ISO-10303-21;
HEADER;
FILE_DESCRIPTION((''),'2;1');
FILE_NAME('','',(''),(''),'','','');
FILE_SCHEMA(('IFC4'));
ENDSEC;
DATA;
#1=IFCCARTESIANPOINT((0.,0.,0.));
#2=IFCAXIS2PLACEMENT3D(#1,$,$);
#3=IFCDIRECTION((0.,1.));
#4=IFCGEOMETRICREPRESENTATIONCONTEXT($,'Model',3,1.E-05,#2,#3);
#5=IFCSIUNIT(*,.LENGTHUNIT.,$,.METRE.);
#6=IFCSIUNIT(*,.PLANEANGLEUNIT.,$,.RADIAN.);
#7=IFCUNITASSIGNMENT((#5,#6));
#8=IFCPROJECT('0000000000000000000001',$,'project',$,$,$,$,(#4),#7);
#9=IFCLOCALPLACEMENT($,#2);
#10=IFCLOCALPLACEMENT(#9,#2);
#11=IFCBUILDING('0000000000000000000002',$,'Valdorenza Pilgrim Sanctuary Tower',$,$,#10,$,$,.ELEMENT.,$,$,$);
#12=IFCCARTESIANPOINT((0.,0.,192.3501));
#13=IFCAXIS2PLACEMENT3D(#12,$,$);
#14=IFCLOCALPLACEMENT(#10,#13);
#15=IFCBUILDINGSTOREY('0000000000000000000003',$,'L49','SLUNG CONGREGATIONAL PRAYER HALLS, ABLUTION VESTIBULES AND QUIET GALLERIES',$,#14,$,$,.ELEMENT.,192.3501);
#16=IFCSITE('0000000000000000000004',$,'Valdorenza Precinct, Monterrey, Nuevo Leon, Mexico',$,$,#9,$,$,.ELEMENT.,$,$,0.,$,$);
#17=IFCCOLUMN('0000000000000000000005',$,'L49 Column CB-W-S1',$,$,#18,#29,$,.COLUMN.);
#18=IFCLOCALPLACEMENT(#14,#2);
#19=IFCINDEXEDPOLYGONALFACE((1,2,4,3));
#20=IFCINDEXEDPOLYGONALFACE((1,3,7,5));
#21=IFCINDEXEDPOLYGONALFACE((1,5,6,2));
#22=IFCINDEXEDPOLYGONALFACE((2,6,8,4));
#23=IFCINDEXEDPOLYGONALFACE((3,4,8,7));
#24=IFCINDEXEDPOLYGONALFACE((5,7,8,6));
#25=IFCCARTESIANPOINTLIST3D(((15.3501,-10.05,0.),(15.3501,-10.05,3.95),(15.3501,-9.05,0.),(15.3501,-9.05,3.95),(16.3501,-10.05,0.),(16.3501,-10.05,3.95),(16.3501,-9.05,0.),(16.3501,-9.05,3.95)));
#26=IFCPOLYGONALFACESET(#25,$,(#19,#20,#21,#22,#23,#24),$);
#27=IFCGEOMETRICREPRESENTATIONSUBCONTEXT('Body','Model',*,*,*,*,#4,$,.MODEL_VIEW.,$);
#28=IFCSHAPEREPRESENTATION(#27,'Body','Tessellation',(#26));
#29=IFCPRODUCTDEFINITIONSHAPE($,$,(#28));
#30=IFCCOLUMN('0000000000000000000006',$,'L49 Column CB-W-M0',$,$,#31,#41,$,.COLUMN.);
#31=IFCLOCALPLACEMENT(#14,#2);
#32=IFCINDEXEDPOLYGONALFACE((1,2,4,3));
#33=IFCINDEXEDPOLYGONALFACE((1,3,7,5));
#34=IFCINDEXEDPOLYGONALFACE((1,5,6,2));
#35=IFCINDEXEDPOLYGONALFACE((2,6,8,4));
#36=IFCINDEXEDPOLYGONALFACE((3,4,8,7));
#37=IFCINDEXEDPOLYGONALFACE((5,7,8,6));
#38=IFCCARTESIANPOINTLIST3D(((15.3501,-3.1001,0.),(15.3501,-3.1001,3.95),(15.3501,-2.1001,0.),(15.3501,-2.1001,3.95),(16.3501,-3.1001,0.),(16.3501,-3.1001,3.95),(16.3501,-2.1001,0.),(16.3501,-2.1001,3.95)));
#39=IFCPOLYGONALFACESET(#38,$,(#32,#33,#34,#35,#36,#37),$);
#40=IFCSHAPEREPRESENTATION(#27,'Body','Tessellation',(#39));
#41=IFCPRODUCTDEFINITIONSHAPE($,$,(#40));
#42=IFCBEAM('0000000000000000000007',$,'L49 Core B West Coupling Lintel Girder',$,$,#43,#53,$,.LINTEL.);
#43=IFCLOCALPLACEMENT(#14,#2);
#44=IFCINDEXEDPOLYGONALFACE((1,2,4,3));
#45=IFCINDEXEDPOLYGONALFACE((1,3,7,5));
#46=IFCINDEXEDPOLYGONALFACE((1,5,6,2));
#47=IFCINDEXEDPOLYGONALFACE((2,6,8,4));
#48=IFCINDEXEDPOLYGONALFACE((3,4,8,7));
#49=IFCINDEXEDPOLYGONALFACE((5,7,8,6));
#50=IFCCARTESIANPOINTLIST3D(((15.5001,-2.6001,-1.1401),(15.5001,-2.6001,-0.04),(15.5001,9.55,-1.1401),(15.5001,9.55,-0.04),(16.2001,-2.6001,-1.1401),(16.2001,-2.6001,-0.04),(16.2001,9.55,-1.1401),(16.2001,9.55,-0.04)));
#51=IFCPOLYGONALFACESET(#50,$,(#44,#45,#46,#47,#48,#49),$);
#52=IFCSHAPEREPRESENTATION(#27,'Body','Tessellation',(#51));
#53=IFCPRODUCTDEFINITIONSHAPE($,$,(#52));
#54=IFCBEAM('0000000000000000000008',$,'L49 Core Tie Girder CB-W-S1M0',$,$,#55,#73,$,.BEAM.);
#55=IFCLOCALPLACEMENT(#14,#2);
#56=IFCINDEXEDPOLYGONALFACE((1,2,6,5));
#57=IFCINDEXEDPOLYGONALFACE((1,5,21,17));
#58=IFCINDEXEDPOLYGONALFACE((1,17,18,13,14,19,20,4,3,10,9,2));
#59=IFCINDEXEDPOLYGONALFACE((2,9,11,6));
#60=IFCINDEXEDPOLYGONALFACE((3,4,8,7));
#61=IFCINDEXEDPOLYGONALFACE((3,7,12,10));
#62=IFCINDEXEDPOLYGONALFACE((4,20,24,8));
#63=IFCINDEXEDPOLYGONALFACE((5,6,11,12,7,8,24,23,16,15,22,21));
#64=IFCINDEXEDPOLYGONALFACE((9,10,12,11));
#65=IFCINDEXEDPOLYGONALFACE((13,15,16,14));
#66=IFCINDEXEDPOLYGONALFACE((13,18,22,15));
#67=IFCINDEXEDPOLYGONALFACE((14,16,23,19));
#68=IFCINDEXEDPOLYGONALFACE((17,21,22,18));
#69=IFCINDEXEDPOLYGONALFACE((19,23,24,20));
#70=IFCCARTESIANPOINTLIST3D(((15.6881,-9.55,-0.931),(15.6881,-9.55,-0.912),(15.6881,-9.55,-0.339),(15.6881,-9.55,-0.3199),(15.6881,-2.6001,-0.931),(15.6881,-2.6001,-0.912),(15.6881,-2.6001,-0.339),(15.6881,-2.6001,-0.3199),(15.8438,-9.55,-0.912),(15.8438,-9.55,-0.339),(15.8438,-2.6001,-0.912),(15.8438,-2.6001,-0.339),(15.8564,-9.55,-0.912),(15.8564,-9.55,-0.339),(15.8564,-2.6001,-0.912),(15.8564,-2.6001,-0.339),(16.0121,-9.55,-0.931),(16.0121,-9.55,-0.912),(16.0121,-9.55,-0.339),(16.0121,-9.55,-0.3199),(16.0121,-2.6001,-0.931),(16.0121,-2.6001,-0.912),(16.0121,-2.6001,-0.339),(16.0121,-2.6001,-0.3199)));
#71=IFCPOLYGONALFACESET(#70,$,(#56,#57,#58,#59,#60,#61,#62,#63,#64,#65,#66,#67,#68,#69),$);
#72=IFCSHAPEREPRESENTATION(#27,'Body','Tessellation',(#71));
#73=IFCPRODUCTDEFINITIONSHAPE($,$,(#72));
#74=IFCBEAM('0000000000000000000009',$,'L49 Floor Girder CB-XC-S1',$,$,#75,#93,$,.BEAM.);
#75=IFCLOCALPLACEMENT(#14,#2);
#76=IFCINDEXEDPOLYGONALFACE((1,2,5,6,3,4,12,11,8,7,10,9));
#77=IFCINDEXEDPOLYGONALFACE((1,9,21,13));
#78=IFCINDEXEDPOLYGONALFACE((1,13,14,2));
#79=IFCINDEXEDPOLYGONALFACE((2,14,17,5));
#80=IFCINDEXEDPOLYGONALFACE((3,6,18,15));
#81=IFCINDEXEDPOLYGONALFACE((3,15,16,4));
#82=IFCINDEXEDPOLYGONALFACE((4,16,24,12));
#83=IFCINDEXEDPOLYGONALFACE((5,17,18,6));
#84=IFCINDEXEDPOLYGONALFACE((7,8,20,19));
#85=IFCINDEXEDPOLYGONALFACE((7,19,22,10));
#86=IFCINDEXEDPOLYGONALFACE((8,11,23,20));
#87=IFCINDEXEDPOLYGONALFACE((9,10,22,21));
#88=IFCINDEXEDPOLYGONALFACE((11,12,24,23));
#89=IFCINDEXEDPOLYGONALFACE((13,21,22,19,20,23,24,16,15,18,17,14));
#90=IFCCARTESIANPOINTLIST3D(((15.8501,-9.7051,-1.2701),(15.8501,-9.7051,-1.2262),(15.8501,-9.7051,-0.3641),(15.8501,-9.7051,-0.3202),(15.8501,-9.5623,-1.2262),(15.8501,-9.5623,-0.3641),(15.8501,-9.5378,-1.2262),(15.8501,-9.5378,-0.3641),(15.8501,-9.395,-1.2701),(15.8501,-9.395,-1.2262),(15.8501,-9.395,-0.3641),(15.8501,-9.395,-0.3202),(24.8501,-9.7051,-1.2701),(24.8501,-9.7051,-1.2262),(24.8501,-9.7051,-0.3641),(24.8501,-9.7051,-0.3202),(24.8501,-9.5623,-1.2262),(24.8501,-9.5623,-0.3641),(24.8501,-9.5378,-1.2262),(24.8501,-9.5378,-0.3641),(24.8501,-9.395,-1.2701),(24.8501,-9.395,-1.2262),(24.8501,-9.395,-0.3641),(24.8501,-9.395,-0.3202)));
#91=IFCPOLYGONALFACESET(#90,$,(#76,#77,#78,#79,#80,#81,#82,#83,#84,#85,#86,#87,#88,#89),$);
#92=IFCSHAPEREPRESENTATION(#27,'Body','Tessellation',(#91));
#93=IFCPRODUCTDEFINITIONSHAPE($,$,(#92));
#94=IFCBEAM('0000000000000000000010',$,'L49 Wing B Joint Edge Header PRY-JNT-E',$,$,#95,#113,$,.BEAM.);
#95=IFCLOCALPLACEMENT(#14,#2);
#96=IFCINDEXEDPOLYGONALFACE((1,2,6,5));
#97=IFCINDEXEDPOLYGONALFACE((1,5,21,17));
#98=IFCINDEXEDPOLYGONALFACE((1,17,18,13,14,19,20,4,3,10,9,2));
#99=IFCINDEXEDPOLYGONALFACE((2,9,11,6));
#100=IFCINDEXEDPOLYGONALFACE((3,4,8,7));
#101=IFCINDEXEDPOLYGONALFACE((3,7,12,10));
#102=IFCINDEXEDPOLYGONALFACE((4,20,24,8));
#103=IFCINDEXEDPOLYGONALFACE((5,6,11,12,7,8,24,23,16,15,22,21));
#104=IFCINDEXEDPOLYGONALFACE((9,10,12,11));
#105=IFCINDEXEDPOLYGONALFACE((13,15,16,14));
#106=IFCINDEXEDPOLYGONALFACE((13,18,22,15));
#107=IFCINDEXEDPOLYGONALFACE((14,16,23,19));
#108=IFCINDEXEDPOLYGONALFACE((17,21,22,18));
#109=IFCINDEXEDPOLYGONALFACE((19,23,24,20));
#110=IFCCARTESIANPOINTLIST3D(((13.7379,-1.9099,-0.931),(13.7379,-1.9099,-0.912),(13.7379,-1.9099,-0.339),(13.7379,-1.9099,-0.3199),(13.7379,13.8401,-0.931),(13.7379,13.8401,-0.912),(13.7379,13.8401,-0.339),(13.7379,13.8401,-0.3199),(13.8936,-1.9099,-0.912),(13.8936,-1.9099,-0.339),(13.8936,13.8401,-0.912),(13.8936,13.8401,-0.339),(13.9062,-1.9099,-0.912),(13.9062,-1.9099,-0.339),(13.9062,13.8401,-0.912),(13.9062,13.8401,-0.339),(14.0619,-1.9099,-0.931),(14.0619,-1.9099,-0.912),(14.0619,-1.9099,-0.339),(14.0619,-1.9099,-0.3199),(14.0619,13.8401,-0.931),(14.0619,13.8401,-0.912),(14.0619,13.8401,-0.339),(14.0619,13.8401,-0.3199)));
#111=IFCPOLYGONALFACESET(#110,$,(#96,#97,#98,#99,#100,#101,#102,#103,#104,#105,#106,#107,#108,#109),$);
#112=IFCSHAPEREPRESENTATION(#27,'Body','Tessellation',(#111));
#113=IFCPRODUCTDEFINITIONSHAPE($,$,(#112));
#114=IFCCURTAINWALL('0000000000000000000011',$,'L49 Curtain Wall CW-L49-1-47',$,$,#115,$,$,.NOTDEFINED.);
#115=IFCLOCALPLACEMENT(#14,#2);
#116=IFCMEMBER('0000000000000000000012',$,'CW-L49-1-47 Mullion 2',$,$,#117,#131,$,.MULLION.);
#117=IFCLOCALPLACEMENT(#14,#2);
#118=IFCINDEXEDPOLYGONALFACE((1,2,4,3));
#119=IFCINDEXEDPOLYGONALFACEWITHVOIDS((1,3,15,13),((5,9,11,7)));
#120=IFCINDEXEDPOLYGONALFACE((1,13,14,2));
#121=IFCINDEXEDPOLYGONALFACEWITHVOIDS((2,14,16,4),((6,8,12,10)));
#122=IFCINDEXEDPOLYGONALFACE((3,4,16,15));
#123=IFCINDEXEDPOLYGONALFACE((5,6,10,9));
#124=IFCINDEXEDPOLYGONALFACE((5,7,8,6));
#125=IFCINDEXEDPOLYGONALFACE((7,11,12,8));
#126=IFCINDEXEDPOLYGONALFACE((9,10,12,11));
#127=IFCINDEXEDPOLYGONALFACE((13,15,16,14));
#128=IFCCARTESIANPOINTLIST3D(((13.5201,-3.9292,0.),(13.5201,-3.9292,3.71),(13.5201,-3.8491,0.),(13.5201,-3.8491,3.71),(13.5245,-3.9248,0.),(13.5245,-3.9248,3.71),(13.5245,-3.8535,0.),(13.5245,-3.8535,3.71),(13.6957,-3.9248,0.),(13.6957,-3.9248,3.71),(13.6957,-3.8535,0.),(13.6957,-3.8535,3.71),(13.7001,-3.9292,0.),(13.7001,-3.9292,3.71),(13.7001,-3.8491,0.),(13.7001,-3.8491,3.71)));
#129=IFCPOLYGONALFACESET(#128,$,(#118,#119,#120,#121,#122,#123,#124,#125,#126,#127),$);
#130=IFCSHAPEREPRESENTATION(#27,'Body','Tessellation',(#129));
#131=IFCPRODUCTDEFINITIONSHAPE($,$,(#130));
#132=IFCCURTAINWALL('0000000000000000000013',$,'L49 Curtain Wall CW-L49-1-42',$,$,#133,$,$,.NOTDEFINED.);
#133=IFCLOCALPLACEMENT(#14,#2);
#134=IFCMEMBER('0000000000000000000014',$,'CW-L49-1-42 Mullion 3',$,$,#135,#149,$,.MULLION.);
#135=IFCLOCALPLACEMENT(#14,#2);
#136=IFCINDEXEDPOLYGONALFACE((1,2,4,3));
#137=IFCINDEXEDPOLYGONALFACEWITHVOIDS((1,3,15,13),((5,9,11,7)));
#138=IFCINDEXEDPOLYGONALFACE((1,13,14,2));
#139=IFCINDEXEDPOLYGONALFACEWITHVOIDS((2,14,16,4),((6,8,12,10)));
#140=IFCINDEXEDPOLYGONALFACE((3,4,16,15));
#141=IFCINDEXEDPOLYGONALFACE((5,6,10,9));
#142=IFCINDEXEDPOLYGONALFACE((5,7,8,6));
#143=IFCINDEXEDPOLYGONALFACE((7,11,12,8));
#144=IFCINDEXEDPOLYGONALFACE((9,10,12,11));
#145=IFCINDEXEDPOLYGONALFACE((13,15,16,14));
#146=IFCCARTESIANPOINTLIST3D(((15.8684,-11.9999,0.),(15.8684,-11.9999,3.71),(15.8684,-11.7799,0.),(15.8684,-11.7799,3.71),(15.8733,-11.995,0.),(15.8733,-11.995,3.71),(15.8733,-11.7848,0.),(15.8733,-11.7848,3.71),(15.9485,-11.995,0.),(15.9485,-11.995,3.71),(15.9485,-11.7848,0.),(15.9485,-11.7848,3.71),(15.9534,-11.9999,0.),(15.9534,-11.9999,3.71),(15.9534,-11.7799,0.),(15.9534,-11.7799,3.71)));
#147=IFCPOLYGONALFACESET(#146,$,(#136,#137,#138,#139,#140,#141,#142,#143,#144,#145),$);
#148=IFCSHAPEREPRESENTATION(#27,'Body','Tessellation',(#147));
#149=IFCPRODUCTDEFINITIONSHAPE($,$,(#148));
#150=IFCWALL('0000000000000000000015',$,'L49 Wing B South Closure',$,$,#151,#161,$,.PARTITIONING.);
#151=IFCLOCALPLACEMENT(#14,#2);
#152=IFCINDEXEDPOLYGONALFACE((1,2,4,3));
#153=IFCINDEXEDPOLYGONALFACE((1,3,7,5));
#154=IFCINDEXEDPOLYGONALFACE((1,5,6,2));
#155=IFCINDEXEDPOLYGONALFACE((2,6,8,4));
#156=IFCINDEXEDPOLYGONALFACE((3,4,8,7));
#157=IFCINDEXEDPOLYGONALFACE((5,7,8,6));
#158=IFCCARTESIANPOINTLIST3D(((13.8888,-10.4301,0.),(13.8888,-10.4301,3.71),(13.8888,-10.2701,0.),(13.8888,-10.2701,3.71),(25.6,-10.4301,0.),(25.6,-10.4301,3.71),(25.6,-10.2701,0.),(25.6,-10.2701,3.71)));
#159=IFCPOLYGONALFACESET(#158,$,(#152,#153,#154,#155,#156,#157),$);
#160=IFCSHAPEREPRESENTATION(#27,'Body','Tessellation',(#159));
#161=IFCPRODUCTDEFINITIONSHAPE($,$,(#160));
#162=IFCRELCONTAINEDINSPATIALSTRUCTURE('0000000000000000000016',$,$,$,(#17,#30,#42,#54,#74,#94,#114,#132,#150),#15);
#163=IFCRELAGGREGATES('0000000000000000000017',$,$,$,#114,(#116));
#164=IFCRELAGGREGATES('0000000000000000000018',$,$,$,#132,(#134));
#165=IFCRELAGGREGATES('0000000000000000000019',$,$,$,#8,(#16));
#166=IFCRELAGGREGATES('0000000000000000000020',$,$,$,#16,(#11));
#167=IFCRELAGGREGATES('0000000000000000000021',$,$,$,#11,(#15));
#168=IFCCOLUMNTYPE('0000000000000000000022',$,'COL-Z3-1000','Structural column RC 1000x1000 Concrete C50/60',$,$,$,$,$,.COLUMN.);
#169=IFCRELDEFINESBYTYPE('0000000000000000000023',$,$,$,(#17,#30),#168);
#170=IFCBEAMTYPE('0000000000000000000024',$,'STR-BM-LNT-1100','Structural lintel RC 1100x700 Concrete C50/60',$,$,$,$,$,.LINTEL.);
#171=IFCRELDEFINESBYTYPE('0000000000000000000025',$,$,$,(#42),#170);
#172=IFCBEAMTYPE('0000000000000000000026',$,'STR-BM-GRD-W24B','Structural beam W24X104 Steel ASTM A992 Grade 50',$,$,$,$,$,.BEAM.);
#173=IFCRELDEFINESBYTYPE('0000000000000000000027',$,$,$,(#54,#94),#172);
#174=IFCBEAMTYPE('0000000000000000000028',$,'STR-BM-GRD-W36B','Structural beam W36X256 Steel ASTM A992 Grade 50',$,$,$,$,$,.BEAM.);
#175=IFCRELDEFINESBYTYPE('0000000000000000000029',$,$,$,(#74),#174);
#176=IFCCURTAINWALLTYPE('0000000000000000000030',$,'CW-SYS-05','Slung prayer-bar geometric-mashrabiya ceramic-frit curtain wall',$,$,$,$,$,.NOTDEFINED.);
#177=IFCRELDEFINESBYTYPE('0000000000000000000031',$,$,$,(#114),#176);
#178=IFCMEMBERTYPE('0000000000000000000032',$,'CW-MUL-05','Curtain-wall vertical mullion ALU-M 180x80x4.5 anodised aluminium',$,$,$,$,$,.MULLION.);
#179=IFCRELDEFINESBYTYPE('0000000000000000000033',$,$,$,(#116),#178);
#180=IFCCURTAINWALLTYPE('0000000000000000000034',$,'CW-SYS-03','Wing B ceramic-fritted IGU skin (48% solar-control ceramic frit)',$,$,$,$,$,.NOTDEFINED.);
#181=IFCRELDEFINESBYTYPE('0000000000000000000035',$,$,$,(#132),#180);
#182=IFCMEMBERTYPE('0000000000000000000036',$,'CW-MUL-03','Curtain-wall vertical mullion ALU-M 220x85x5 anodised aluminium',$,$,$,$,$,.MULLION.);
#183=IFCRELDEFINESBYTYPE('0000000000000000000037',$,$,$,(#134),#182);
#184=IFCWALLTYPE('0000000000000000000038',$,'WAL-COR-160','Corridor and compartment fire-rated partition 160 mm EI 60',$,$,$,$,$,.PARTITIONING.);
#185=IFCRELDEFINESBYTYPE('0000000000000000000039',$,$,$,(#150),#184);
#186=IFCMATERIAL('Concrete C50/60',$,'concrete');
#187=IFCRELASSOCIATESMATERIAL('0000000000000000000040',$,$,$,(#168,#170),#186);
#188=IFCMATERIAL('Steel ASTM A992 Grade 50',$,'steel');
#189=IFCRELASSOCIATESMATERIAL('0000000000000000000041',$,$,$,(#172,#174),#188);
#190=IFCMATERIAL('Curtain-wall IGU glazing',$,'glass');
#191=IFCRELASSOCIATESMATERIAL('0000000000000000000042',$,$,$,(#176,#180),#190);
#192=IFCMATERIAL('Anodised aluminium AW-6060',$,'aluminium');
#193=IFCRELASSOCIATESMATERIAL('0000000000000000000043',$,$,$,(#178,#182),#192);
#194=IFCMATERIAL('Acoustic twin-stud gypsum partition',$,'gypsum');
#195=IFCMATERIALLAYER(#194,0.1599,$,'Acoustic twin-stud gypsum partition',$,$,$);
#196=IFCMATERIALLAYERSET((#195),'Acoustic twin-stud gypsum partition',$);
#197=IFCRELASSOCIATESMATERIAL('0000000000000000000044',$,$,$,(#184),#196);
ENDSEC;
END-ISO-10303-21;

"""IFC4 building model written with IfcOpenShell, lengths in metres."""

from ifc_helpers import new_model, si_unit, direction, frame, frame_2d, origin, origin_2d, place, context, subcontext, project, spatial, rectangle, hollow_rectangle, i_section, extrude, source, transform, mapped, material, layer, layer_set, material_profile, profile_set, type_object, element, aggregate, save


model = new_model("IFC4")

# Units and contexts
model_context = context("Model", 3, precision=1e-05, world=origin(), true_north=direction((0.0, 1.0)))
body_context = subcontext(model_context, "Body", "Model", "MODEL_VIEW")
ifc_project = project(units=[si_unit("LENGTHUNIT", "METRE"), si_unit("PLANEANGLEUNIT", "RADIAN")], contexts=[model_context])

# Site, building, storey
site_placement = place(None, origin())
site = spatial("IfcSite", under=ifc_project, at=site_placement, Name="Valdorenza Precinct, Monterrey, Nuevo Leon, Mexico", CompositionType="ELEMENT", RefElevation=0.0)
building_placement = place(site_placement, origin())
building = spatial("IfcBuilding", under=site, at=building_placement, Name="Valdorenza Pilgrim Sanctuary Tower", CompositionType="ELEMENT")
storey_placement = place(building_placement, frame((0.0, 0.0, 192.3501)))
storey = spatial("IfcBuildingStorey", under=building, at=storey_placement, Name="L49", Description="SLUNG CONGREGATIONAL PRAYER HALLS, ABLUTION VESTIBULES AND QUIET GALLERIES", CompositionType="ELEMENT", Elevation=192.3501)

# Columns
ifc_material_1 = material(Name="Concrete C50/60", Category="concrete")
ifc_material_profile_1 = material_profile(ifc_material_1, rectangle(XDim=1.0, YDim=1.0, at=origin_2d()), Name="RC 1000x1000")
ifc_profile_set_1 = profile_set([ifc_material_profile_1], Name="Concrete C50/60")
column_type = type_object("IfcColumnType", Name="COL-Z3-1000", Description="Structural column RC 1000x1000 Concrete C50/60", PredefinedType="COLUMN", material=ifc_profile_set_1)
shared_shape_1 = source(origin(), body_context, "Body", "SweptSolid", [
    extrude(rectangle(XDim=1.0, YDim=1.0, at=origin_2d()), origin(), (0.0, 0.0, 1.0), 3.95),
])
for number, where, z_axis, x_axis, name in (
    (1, (15.8501, -9.55, 0.0), (0.0, 0.0, 1.0), (1.0, 0.0, 0.0), "L49 Column CB-W-S1"),
    (2, (15.8501, -2.6001, 0.0), (0.0, 0.0, 1.0), (1.0, 0.0, 0.0), "L49 Column CB-W-M0"),
):
    element("IfcColumn", number, at=place(storey_placement, frame(where, z_axis=z_axis, x_axis=x_axis)), inside=storey, type_object=column_type, Name=name, PredefinedType="COLUMN", context=body_context, shape_type="MappedRepresentation", body=[
        mapped(shared_shape_1, transform((0.0, 0.0, 0.0), x_axis=(1.0, 0.0, 0.0), y_axis=(0.0, 1.0, 0.0), z_axis=(0.0, 0.0, 1.0), scale=1.0)),
    ])

# Beams
ifc_material_profile_2 = material_profile(ifc_material_1, rectangle(XDim=0.7, YDim=1.1001, at=origin_2d()), Name="RC 1100x700")
ifc_profile_set_2 = profile_set([ifc_material_profile_2], Name="Concrete C50/60")
beam_type_1 = type_object("IfcBeamType", Name="STR-BM-LNT-1100", Description="Structural lintel RC 1100x700 Concrete C50/60", PredefinedType="LINTEL", material=ifc_profile_set_2)
shared_shape_2 = source(origin(), body_context, "Body", "SweptSolid", [
    extrude(rectangle(XDim=0.7, YDim=1.1001, at=origin_2d()), origin(), (0.0, 0.0, 1.0), 12.1501),
])
beam_1_placement = place(storey_placement, frame((15.8501, -2.6001, -0.5901), z_axis=(0.0, 1.0, 0.0), x_axis=(-1.0, 0.0, 0.0)))
element("IfcBeam", 3, at=beam_1_placement, inside=storey, type_object=beam_type_1, Name="L49 Core B West Coupling Lintel Girder", PredefinedType="LINTEL", context=body_context, shape_type="MappedRepresentation", body=[
    mapped(shared_shape_2, transform((0.0, 0.0, 0.0), x_axis=(1.0, 0.0, 0.0), y_axis=(0.0, 1.0, 0.0), z_axis=(0.0, 0.0, 1.0), scale=1.0)),
])
ifc_material_2 = material(Name="Steel ASTM A992 Grade 50", Category="steel")
ifc_material_profile_3 = material_profile(ifc_material_2, i_section(OverallWidth=0.324, OverallDepth=0.6111, WebThickness=0.0127, FlangeThickness=0.019, at=origin_2d()), Name="W24X104")
ifc_profile_set_3 = profile_set([ifc_material_profile_3], Name="Steel ASTM A992 Grade 50")
beam_type_2 = type_object("IfcBeamType", Name="STR-BM-GRD-W24B", Description="Structural beam W24X104 Steel ASTM A992 Grade 50", PredefinedType="BEAM", material=ifc_profile_set_3)
shared_shape_3 = source(origin(), body_context, "Body", "SweptSolid", [
    extrude(i_section(OverallWidth=0.324, OverallDepth=0.6111, WebThickness=0.0127, FlangeThickness=0.019, at=origin_2d()), origin(), (0.0, 0.0, 1.0), 6.95),
])
beam_2_placement = place(storey_placement, frame((15.8501, -9.55, -0.6255), z_axis=(0.0, 1.0, 0.0), x_axis=(-1.0, 0.0, 0.0)))
element("IfcBeam", 4, at=beam_2_placement, inside=storey, type_object=beam_type_2, Name="L49 Core Tie Girder CB-W-S1M0", PredefinedType="BEAM", context=body_context, shape_type="MappedRepresentation", body=[
    mapped(shared_shape_3, transform((0.0, 0.0, 0.0), x_axis=(1.0, 0.0, 0.0), y_axis=(0.0, 1.0, 0.0), z_axis=(0.0, 0.0, 1.0), scale=1.0)),
])
ifc_material_profile_4 = material_profile(ifc_material_2, i_section(OverallWidth=0.3101, OverallDepth=0.95, WebThickness=0.0244, FlangeThickness=0.0439, at=origin_2d()), Name="W36X256")
ifc_profile_set_4 = profile_set([ifc_material_profile_4], Name="Steel ASTM A992 Grade 50")
beam_type_3 = type_object("IfcBeamType", Name="STR-BM-GRD-W36B", Description="Structural beam W36X256 Steel ASTM A992 Grade 50", PredefinedType="BEAM", material=ifc_profile_set_4)
shared_shape_4 = source(origin(), body_context, "Body", "SweptSolid", [
    extrude(i_section(OverallWidth=0.3101, OverallDepth=0.95, WebThickness=0.0244, FlangeThickness=0.0439, at=origin_2d()), origin(), (0.0, 0.0, 1.0), 9.0),
])
beam_3_placement = place(storey_placement, frame((15.8501, -9.55, -0.7952), z_axis=(1.0, 0.0, 0.0), x_axis=(0.0, 1.0, 0.0)))
element("IfcBeam", 5, at=beam_3_placement, inside=storey, type_object=beam_type_3, Name="L49 Floor Girder CB-XC-S1", PredefinedType="BEAM", context=body_context, shape_type="MappedRepresentation", body=[
    mapped(shared_shape_4, transform((0.0, 0.0, 0.0), x_axis=(1.0, 0.0, 0.0), y_axis=(0.0, 1.0, 0.0), z_axis=(0.0, 0.0, 1.0), scale=1.0)),
])
shared_shape_5 = source(origin(), body_context, "Body", "SweptSolid", [
    extrude(i_section(OverallWidth=0.324, OverallDepth=0.6111, WebThickness=0.0127, FlangeThickness=0.019, at=origin_2d()), origin(), (0.0, 0.0, 1.0), 15.75),
])
beam_4_placement = place(storey_placement, frame((13.8999, -1.9099, -0.6255), z_axis=(0.0, 1.0, 0.0), x_axis=(-1.0, 0.0, 0.0)))
element("IfcBeam", 6, at=beam_4_placement, inside=storey, type_object=beam_type_2, Name="L49 Wing B Joint Edge Header PRY-JNT-E", PredefinedType="BEAM", context=body_context, shape_type="MappedRepresentation", body=[
    mapped(shared_shape_5, transform((0.0, 0.0, 0.0), x_axis=(1.0, 0.0, 0.0), y_axis=(0.0, 1.0, 0.0), z_axis=(0.0, 0.0, 1.0), scale=1.0)),
])

# Curtain walls, members
ifc_material_3 = material(Name="Curtain-wall IGU glazing", Category="glass")
curtain_wall_type_1 = type_object("IfcCurtainWallType", Name="CW-SYS-05", Description="Slung prayer-bar geometric-mashrabiya ceramic-frit curtain wall", PredefinedType="NOTDEFINED", material=ifc_material_3)
curtain_wall_1_placement = place(storey_placement, origin())
curtain_wall_1 = element("IfcCurtainWall", 7, at=curtain_wall_1_placement, inside=storey, type_object=curtain_wall_type_1, Name="L49 Curtain Wall CW-L49-1-47", PredefinedType="NOTDEFINED")
ifc_material_4 = material(Name="Anodised aluminium AW-6060", Category="aluminium")
ifc_material_profile_5 = material_profile(ifc_material_4, hollow_rectangle(XDim=0.0801, YDim=0.1799, WallThickness=0.0044, at=origin_2d()), Name="ALU-M 180x80x4.5")
ifc_profile_set_5 = profile_set([ifc_material_profile_5], Name="Anodised aluminium AW-6060")
member_type_1 = type_object("IfcMemberType", Name="CW-MUL-05", Description="Curtain-wall vertical mullion ALU-M 180x80x4.5 anodised aluminium", PredefinedType="MULLION", material=ifc_profile_set_5)
shared_shape_6 = source(origin(), body_context, "Body", "SweptSolid", [
    extrude(hollow_rectangle(XDim=0.0801, YDim=0.1799, WallThickness=0.0044, at=origin_2d()), origin(), (0.0, 0.0, 1.0), 3.71),
])
member_1_placement = place(storey_placement, frame((13.6101, -3.8892, 0.0), z_axis=(0.0, 0.0, 1.0), x_axis=(0.0, 1.0, 0.0)))
member_1 = element("IfcMember", 8, at=member_1_placement, type_object=member_type_1, Name="CW-L49-1-47 Mullion 2", PredefinedType="MULLION", context=body_context, shape_type="MappedRepresentation", body=[
    mapped(shared_shape_6, transform((0.0, 0.0, 0.0), x_axis=(1.0, 0.0, 0.0), y_axis=(0.0, 1.0, 0.0), z_axis=(0.0, 0.0, 1.0), scale=1.0)),
])
aggregate(curtain_wall_1, [member_1])
curtain_wall_type_2 = type_object("IfcCurtainWallType", Name="CW-SYS-03", Description="Wing B ceramic-fritted IGU skin (48% solar-control ceramic frit)", PredefinedType="NOTDEFINED", material=ifc_material_3)
curtain_wall_2_placement = place(storey_placement, origin())
curtain_wall_2 = element("IfcCurtainWall", 9, at=curtain_wall_2_placement, inside=storey, type_object=curtain_wall_type_2, Name="L49 Curtain Wall CW-L49-1-42", PredefinedType="NOTDEFINED")
ifc_material_profile_6 = material_profile(ifc_material_4, hollow_rectangle(XDim=0.085, YDim=0.22, WallThickness=0.0049, at=origin_2d()), Name="ALU-M 220x85x5")
ifc_profile_set_6 = profile_set([ifc_material_profile_6], Name="Anodised aluminium AW-6060")
member_type_2 = type_object("IfcMemberType", Name="CW-MUL-03", Description="Curtain-wall vertical mullion ALU-M 220x85x5 anodised aluminium", PredefinedType="MULLION", material=ifc_profile_set_6)
shared_shape_7 = source(origin(), body_context, "Body", "SweptSolid", [
    extrude(hollow_rectangle(XDim=0.085, YDim=0.22, WallThickness=0.0049, at=origin_2d()), origin(), (0.0, 0.0, 1.0), 3.71),
])
member_2_placement = place(storey_placement, frame((15.9109, -11.8899, 0.0), z_axis=(0.0, 0.0, 1.0), x_axis=(-1.0, 0.0, 0.0)))
member_2 = element("IfcMember", 10, at=member_2_placement, type_object=member_type_2, Name="CW-L49-1-42 Mullion 3", PredefinedType="MULLION", context=body_context, shape_type="MappedRepresentation", body=[
    mapped(shared_shape_7, transform((0.0, 0.0, 0.0), x_axis=(1.0, 0.0, 0.0), y_axis=(0.0, 1.0, 0.0), z_axis=(0.0, 0.0, 1.0), scale=1.0)),
])
aggregate(curtain_wall_2, [member_2])

# Wall
ifc_material_5 = material(Name="Acoustic twin-stud gypsum partition", Category="gypsum")
ifc_layer_1 = layer(ifc_material_5, 0.1599, Name="Acoustic twin-stud gypsum partition")
ifc_layer_set_1 = layer_set([ifc_layer_1], Name="Acoustic twin-stud gypsum partition")
wall_type_1 = type_object("IfcWallType", Name="WAL-COR-160", Description="Corridor and compartment fire-rated partition 160 mm EI 60", PredefinedType="PARTITIONING", material=ifc_layer_set_1)
wall_1_placement = place(storey_placement, frame((13.8889, -10.3501, 0.0), z_axis=(0.0, 0.0, 1.0), x_axis=(1.0, 0.0, 0.0)))
element("IfcWall", 11, at=wall_1_placement, inside=storey, type_object=wall_type_1, Name="L49 Wing B South Closure", PredefinedType="PARTITIONING", context=body_context, shape_type="SweptSolid", body=[
    extrude(rectangle(XDim=11.7112, YDim=0.1599, at=frame_2d((5.8555, 0.0))), origin(), (0.0, 0.0, 1.0), 3.71),
])

save(model, "model.ifc")
